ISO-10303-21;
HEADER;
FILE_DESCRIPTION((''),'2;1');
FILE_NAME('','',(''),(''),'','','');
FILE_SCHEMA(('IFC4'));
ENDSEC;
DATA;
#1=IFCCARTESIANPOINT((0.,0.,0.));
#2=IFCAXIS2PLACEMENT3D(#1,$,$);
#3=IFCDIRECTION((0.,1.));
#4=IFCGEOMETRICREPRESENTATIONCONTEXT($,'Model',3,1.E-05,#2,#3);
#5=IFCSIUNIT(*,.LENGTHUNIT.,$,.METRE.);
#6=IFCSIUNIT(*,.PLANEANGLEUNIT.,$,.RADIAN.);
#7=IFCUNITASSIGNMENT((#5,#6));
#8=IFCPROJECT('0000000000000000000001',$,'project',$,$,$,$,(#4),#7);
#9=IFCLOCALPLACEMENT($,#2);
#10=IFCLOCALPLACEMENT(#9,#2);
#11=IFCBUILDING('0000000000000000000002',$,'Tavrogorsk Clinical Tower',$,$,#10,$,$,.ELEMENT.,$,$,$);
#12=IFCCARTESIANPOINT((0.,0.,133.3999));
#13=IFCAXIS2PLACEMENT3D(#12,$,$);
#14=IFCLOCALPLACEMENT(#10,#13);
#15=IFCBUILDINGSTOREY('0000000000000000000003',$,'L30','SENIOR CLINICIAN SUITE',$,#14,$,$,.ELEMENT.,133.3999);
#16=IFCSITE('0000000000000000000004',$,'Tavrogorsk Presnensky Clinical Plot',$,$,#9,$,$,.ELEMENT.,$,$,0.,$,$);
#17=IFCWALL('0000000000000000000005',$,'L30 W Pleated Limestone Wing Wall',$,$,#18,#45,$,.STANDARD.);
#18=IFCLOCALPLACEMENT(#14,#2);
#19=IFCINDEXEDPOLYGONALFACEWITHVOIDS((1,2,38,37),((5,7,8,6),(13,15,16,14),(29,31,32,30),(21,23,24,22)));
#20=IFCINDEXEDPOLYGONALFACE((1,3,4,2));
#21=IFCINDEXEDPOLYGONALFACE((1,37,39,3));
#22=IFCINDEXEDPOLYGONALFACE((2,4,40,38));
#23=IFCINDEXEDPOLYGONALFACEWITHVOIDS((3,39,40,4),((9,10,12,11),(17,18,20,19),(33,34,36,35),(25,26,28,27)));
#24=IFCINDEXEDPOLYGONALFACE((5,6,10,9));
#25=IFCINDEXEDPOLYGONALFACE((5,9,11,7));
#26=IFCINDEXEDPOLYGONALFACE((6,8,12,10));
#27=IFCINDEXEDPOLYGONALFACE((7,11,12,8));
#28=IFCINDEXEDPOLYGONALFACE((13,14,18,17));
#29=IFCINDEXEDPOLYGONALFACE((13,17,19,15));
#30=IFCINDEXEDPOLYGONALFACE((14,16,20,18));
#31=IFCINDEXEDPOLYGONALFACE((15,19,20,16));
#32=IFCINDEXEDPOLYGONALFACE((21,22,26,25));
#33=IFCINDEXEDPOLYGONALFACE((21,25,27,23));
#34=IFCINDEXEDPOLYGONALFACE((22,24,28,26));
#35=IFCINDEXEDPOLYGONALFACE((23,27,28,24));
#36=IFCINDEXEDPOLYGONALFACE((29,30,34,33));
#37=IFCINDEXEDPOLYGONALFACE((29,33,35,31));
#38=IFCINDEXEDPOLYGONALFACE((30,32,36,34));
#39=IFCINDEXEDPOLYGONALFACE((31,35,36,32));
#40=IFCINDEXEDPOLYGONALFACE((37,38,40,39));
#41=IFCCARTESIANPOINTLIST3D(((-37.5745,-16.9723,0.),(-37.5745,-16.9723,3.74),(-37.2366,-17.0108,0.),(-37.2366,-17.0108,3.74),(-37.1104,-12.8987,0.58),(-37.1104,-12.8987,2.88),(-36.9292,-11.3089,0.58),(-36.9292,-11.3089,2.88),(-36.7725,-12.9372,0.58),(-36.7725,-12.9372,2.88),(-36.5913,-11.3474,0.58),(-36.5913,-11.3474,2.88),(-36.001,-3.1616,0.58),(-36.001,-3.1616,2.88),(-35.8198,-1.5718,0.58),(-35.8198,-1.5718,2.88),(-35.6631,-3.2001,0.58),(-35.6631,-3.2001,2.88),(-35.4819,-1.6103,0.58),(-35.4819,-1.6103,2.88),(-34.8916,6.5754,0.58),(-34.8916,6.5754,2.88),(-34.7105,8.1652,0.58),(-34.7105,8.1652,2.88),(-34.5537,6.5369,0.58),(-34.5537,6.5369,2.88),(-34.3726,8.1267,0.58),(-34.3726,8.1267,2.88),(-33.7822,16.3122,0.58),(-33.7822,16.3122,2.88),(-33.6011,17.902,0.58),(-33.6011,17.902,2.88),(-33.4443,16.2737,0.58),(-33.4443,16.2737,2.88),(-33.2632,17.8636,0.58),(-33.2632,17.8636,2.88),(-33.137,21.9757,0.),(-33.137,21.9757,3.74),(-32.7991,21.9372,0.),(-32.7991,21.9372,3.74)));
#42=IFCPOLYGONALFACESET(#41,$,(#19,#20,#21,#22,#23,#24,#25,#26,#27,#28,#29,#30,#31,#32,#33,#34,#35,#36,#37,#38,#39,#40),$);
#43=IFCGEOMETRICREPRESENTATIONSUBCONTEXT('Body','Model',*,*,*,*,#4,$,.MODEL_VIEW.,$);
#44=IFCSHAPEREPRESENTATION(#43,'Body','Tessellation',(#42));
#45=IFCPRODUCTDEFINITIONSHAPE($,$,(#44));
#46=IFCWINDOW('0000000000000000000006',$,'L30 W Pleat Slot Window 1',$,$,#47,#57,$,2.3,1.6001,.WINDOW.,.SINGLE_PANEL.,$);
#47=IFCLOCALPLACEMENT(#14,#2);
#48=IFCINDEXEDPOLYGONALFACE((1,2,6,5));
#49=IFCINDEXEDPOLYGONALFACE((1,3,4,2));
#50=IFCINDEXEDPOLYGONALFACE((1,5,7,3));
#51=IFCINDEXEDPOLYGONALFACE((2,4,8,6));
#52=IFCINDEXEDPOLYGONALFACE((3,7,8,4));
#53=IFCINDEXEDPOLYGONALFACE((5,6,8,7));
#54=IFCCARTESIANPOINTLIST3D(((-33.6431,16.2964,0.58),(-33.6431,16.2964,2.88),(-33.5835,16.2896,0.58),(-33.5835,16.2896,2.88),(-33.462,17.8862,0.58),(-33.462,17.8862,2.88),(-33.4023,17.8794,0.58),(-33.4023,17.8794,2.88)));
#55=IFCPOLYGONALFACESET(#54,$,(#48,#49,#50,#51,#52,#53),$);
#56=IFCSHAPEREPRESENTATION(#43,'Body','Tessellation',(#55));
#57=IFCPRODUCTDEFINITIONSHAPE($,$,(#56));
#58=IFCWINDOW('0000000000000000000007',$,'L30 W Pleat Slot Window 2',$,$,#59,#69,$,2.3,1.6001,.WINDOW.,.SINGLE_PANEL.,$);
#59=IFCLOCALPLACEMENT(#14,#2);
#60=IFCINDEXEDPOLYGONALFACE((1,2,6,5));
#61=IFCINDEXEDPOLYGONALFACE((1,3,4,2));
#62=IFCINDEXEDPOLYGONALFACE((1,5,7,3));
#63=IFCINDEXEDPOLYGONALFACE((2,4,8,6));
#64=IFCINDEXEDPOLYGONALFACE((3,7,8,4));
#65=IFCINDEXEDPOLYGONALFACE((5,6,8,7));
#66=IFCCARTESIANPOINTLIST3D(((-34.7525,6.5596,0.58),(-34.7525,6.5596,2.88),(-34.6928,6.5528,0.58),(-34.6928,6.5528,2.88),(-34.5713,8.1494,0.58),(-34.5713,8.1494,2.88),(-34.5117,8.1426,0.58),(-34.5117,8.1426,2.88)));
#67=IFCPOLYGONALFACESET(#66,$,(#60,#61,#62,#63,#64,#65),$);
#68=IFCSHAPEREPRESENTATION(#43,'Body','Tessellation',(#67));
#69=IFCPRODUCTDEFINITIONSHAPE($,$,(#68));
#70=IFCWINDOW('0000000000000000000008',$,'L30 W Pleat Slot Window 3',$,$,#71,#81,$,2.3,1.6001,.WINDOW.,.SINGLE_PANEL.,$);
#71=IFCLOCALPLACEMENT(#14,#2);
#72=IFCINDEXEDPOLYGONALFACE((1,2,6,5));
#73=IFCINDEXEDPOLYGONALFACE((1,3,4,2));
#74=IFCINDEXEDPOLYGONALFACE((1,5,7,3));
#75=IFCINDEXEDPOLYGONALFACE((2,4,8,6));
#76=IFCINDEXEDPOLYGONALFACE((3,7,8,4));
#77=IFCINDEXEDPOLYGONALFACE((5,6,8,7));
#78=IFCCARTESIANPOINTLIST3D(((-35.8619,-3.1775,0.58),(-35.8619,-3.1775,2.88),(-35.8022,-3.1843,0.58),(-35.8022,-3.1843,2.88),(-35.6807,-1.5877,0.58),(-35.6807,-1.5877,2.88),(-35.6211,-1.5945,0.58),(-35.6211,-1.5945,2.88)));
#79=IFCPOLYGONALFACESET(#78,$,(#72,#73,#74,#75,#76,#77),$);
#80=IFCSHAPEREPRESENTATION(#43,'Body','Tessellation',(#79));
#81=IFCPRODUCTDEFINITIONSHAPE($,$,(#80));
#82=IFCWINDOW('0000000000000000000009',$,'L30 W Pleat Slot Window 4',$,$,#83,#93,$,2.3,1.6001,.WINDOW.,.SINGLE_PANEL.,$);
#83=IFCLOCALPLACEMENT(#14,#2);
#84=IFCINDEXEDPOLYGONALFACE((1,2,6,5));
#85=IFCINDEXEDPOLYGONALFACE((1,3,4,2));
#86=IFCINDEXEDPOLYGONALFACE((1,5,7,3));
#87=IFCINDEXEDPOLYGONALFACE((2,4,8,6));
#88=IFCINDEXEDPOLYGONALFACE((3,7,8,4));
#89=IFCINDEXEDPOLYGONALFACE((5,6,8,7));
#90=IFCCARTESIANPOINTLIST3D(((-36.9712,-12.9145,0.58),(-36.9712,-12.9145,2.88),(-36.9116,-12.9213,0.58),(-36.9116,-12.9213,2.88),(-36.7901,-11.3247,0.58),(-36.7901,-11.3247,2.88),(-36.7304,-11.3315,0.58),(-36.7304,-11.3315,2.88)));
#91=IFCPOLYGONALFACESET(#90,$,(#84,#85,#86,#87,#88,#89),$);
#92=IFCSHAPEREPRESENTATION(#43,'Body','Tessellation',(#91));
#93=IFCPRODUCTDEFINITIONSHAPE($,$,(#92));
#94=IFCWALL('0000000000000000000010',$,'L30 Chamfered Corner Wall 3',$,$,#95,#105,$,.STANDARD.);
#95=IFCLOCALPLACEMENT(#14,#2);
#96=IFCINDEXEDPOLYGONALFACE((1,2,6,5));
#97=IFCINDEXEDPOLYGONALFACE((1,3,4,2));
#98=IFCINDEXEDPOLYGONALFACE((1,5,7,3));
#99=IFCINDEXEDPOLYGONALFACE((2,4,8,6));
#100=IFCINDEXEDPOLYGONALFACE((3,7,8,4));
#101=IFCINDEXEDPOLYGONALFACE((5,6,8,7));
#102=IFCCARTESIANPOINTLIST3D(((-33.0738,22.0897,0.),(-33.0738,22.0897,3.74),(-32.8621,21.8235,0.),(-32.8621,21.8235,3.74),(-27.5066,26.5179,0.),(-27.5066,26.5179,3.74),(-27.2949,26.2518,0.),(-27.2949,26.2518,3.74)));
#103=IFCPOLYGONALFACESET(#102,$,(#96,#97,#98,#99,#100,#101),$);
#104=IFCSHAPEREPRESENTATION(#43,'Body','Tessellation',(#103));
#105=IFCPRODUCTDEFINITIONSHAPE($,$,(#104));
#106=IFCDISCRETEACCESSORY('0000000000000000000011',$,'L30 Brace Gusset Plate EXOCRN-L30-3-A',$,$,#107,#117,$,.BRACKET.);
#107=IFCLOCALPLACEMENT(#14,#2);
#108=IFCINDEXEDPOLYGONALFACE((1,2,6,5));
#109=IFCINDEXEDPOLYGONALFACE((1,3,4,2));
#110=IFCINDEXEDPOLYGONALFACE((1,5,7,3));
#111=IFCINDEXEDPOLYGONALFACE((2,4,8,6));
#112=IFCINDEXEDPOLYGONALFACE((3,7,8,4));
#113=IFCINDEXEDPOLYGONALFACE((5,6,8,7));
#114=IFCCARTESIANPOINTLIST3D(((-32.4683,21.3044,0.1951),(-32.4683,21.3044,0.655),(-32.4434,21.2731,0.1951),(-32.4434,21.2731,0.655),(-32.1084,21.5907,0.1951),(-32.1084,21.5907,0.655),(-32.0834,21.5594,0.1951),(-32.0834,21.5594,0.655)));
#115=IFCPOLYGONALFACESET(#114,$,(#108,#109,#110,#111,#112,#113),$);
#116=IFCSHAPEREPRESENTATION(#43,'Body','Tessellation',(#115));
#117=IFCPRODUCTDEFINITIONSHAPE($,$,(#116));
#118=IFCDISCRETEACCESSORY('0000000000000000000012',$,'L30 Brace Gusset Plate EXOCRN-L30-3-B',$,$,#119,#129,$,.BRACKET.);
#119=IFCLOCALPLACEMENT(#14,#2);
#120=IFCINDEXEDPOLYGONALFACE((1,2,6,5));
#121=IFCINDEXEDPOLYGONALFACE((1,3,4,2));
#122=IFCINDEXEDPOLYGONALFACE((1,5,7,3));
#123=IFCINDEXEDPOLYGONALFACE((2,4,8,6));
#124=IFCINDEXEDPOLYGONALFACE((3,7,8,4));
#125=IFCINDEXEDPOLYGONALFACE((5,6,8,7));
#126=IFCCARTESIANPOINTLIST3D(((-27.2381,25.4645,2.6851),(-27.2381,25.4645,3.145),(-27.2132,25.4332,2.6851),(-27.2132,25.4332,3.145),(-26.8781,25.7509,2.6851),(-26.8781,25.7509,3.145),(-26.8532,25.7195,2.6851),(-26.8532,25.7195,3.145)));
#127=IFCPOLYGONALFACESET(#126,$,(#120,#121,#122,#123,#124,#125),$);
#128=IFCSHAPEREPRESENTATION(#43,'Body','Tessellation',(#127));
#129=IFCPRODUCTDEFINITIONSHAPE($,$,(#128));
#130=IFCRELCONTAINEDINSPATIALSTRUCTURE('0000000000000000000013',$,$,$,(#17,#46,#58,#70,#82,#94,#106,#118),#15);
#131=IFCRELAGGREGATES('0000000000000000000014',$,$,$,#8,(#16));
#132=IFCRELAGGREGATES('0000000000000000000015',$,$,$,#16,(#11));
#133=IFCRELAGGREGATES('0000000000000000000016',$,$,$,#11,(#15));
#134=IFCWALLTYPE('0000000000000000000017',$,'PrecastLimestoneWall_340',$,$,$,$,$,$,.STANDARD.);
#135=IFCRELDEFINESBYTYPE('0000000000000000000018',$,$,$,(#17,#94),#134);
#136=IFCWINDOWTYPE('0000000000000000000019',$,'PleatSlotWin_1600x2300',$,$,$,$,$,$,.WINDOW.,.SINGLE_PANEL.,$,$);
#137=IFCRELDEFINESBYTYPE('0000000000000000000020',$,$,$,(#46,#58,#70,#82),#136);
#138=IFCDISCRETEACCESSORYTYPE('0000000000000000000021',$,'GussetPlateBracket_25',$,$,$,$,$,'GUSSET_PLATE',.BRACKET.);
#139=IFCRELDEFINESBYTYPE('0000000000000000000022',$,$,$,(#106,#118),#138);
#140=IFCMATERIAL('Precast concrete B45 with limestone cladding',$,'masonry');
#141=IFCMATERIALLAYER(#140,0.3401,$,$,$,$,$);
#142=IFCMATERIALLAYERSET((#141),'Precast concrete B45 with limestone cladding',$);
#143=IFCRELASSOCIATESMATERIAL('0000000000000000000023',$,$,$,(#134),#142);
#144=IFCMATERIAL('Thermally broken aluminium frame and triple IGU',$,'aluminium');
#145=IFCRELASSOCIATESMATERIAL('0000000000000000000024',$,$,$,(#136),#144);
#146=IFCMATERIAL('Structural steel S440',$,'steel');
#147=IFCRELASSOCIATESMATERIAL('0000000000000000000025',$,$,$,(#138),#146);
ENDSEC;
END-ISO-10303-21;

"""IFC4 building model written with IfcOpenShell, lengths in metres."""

from ifc_helpers import new_model, si_unit, direction, frame, frame_2d, origin, origin_2d, place, context, subcontext, project, spatial, rectangle, extrude, material, layer, layer_set, type_object, element, fill, save


model = new_model("IFC4")

# Units and contexts
model_context = context("Model", 3, precision=1e-05, world=origin(), true_north=direction((0.0, 1.0)))
body_context = subcontext(model_context, "Body", "Model", "MODEL_VIEW")
ifc_project = project(units=[si_unit("LENGTHUNIT", "METRE"), si_unit("PLANEANGLEUNIT", "RADIAN")], contexts=[model_context])

# Site, building, storey
site_placement = place(None, origin())
site = spatial("IfcSite", under=ifc_project, at=site_placement, Name="Tavrogorsk Presnensky Clinical Plot", CompositionType="ELEMENT", RefElevation=0.0)
building_placement = place(site_placement, origin())
building = spatial("IfcBuilding", under=site, at=building_placement, Name="Tavrogorsk Clinical Tower", CompositionType="ELEMENT")
storey_placement = place(building_placement, frame((0.0, 0.0, 133.3999)))
storey = spatial("IfcBuildingStorey", under=building, at=storey_placement, Name="L30", Description="SENIOR CLINICIAN SUITE", CompositionType="ELEMENT", Elevation=133.3999)

# Wall, openings, windows
ifc_material_1 = material(Name="Precast concrete B45 with limestone cladding", Category="masonry")
ifc_layer_1 = layer(ifc_material_1, 0.3401)
ifc_layer_set_1 = layer_set([ifc_layer_1], Name="Precast concrete B45 with limestone cladding")
wall_type_1 = type_object("IfcWallType", Name="PrecastLimestoneWall_340", PredefinedType="STANDARD", material=ifc_layer_set_1)
wall_1_placement = place(storey_placement, frame((-32.968, 21.9565, 0.0), z_axis=(0.0, 0.0, 1.0), x_axis=(-0.113202, -0.993572, 0.0)))
wall_1 = element("IfcWall", 1, at=wall_1_placement, inside=storey, type_object=wall_type_1, Name="L30 W Pleated Limestone Wing Wall", PredefinedType="STANDARD", context=body_context, shape_type="SweptSolid", body=[
    extrude(rectangle(XDim=39.2, YDim=0.3401, at=frame_2d((19.6001, 0.0))), origin(), (0.0, 0.0, 1.0), 3.74),
])
opening_1_placement = place(wall_1_placement, frame((4.1001, 0.0, 0.5801)))
opening_1 = element("IfcOpeningElement", 2, at=opening_1_placement, cuts=wall_1, PredefinedType="OPENING", context=body_context, shape_type="SweptSolid", body=[
    extrude(rectangle(XDim=1.6001, YDim=2.3, at=frame_2d((0.8, 1.1499))), frame((0.0, 0.1799, 0.0), z_axis=(0.0, -1.0, 0.0), x_axis=(1.0, 0.0, 0.0)), (0.0, 0.0, 1.0), 0.3601),
])
opening_2_placement = place(wall_1_placement, frame((13.8999, 0.0, 0.5801)))
opening_2 = element("IfcOpeningElement", 3, at=opening_2_placement, cuts=wall_1, PredefinedType="OPENING", context=body_context, shape_type="SweptSolid", body=[
    extrude(rectangle(XDim=1.6001, YDim=2.3, at=frame_2d((0.8, 1.1499))), frame((0.0, 0.1799, 0.0), z_axis=(0.0, -1.0, 0.0), x_axis=(1.0, 0.0, 0.0)), (0.0, 0.0, 1.0), 0.3601),
])
opening_3_placement = place(wall_1_placement, frame((23.7, 0.0, 0.5801)))
opening_3 = element("IfcOpeningElement", 4, at=opening_3_placement, cuts=wall_1, PredefinedType="OPENING", context=body_context, shape_type="SweptSolid", body=[
    extrude(rectangle(XDim=1.6001, YDim=2.3, at=frame_2d((0.8, 1.1499))), frame((0.0, 0.1799, 0.0), z_axis=(0.0, -1.0, 0.0), x_axis=(1.0, 0.0, 0.0)), (0.0, 0.0, 1.0), 0.3601),
])
opening_4_placement = place(wall_1_placement, frame((33.5, 0.0, 0.5801)))
opening_4 = element("IfcOpeningElement", 5, at=opening_4_placement, cuts=wall_1, PredefinedType="OPENING", context=body_context, shape_type="SweptSolid", body=[
    extrude(rectangle(XDim=1.6001, YDim=2.3, at=frame_2d((0.8, 1.1499))), frame((0.0, 0.1799, 0.0), z_axis=(0.0, -1.0, 0.0), x_axis=(1.0, 0.0, 0.0)), (0.0, 0.0, 1.0), 0.3601),
])
ifc_material_2 = material(Name="Thermally broken aluminium frame and triple IGU", Category="aluminium")
window_type = type_object("IfcWindowType", Name="PleatSlotWin_1600x2300", PartitioningType="SINGLE_PANEL", PredefinedType="WINDOW", material=ifc_material_2)
window_1_placement = place(opening_1_placement, origin())
window_1 = element("IfcWindow", 6, at=window_1_placement, inside=storey, type_object=window_type, Name="L30 W Pleat Slot Window 1", OverallHeight=2.3, OverallWidth=1.6001, PartitioningType="SINGLE_PANEL", PredefinedType="WINDOW", context=body_context, shape_type="SweptSolid", body=[
    extrude(rectangle(XDim=1.6001, YDim=2.3, at=frame_2d((0.8, 1.1499))), frame((0.0, 0.03, 0.0), z_axis=(0.0, -1.0, 0.0), x_axis=(1.0, 0.0, 0.0)), (0.0, 0.0, 1.0), 0.0601),
])
fill(opening_1, window_1)
window_2_placement = place(opening_2_placement, origin())
window_2 = element("IfcWindow", 7, at=window_2_placement, inside=storey, type_object=window_type, Name="L30 W Pleat Slot Window 2", OverallHeight=2.3, OverallWidth=1.6001, PartitioningType="SINGLE_PANEL", PredefinedType="WINDOW", context=body_context, shape_type="SweptSolid", body=[
    extrude(rectangle(XDim=1.6001, YDim=2.3, at=frame_2d((0.8, 1.1499))), frame((0.0, 0.03, 0.0), z_axis=(0.0, -1.0, 0.0), x_axis=(1.0, 0.0, 0.0)), (0.0, 0.0, 1.0), 0.0601),
])
fill(opening_2, window_2)
window_3_placement = place(opening_3_placement, origin())
window_3 = element("IfcWindow", 8, at=window_3_placement, inside=storey, type_object=window_type, Name="L30 W Pleat Slot Window 3", OverallHeight=2.3, OverallWidth=1.6001, PartitioningType="SINGLE_PANEL", PredefinedType="WINDOW", context=body_context, shape_type="SweptSolid", body=[
    extrude(rectangle(XDim=1.6001, YDim=2.3, at=frame_2d((0.8, 1.1499))), frame((0.0, 0.03, 0.0), z_axis=(0.0, -1.0, 0.0), x_axis=(1.0, 0.0, 0.0)), (0.0, 0.0, 1.0), 0.0601),
])
fill(opening_3, window_3)
window_4_placement = place(opening_4_placement, origin())
window_4 = element("IfcWindow", 9, at=window_4_placement, inside=storey, type_object=window_type, Name="L30 W Pleat Slot Window 4", OverallHeight=2.3, OverallWidth=1.6001, PartitioningType="SINGLE_PANEL", PredefinedType="WINDOW", context=body_context, shape_type="SweptSolid", body=[
    extrude(rectangle(XDim=1.6001, YDim=2.3, at=frame_2d((0.8, 1.1499))), frame((0.0, 0.03, 0.0), z_axis=(0.0, -1.0, 0.0), x_axis=(1.0, 0.0, 0.0)), (0.0, 0.0, 1.0), 0.0601),
])
fill(opening_4, window_4)

# Wall
wall_2_placement = place(storey_placement, frame((-27.4009, 26.3848, 0.0), z_axis=(0.0, 0.0, 1.0), x_axis=(-0.782614, -0.622508, 0.0)))
element("IfcWall", 10, at=wall_2_placement, inside=storey, type_object=wall_type_1, Name="L30 Chamfered Corner Wall 3", PredefinedType="STANDARD", context=body_context, shape_type="SweptSolid", body=[
    extrude(rectangle(XDim=7.1135, YDim=0.3401, at=frame_2d((3.5566, 0.0))), origin(), (0.0, 0.0, 1.0), 3.74),
])

# Discrete accessories
ifc_material_3 = material(Name="Structural steel S440", Category="steel")
discrete_accessory_type = type_object("IfcDiscreteAccessoryType", Name="GussetPlateBracket_25", ElementType="GUSSET_PLATE", PredefinedType="BRACKET", material=ifc_material_3)
for number, where, z_axis, x_axis, name in (
    (11, (-32.2759, 21.4319, 0.1951), (0.0, 0.0, 1.0), (0.782608, 0.622515, 0.0), "L30 Brace Gusset Plate EXOCRN-L30-3-A"),
    (12, (-27.0457, 25.592, 2.6851), (0.0, 0.0, 1.0), (0.782608, 0.622515, 0.0), "L30 Brace Gusset Plate EXOCRN-L30-3-B"),
):
    element("IfcDiscreteAccessory", number, at=place(storey_placement, frame(where, z_axis=z_axis, x_axis=x_axis)), inside=storey, type_object=discrete_accessory_type, Name=name, PredefinedType="BRACKET", context=body_context, shape_type="SweptSolid", body=[
        extrude(rectangle(XDim=0.46, YDim=0.04, at=origin_2d()), origin(), (0.0, 0.0, 1.0), 0.46),
    ])

save(model, "model.ifc")
